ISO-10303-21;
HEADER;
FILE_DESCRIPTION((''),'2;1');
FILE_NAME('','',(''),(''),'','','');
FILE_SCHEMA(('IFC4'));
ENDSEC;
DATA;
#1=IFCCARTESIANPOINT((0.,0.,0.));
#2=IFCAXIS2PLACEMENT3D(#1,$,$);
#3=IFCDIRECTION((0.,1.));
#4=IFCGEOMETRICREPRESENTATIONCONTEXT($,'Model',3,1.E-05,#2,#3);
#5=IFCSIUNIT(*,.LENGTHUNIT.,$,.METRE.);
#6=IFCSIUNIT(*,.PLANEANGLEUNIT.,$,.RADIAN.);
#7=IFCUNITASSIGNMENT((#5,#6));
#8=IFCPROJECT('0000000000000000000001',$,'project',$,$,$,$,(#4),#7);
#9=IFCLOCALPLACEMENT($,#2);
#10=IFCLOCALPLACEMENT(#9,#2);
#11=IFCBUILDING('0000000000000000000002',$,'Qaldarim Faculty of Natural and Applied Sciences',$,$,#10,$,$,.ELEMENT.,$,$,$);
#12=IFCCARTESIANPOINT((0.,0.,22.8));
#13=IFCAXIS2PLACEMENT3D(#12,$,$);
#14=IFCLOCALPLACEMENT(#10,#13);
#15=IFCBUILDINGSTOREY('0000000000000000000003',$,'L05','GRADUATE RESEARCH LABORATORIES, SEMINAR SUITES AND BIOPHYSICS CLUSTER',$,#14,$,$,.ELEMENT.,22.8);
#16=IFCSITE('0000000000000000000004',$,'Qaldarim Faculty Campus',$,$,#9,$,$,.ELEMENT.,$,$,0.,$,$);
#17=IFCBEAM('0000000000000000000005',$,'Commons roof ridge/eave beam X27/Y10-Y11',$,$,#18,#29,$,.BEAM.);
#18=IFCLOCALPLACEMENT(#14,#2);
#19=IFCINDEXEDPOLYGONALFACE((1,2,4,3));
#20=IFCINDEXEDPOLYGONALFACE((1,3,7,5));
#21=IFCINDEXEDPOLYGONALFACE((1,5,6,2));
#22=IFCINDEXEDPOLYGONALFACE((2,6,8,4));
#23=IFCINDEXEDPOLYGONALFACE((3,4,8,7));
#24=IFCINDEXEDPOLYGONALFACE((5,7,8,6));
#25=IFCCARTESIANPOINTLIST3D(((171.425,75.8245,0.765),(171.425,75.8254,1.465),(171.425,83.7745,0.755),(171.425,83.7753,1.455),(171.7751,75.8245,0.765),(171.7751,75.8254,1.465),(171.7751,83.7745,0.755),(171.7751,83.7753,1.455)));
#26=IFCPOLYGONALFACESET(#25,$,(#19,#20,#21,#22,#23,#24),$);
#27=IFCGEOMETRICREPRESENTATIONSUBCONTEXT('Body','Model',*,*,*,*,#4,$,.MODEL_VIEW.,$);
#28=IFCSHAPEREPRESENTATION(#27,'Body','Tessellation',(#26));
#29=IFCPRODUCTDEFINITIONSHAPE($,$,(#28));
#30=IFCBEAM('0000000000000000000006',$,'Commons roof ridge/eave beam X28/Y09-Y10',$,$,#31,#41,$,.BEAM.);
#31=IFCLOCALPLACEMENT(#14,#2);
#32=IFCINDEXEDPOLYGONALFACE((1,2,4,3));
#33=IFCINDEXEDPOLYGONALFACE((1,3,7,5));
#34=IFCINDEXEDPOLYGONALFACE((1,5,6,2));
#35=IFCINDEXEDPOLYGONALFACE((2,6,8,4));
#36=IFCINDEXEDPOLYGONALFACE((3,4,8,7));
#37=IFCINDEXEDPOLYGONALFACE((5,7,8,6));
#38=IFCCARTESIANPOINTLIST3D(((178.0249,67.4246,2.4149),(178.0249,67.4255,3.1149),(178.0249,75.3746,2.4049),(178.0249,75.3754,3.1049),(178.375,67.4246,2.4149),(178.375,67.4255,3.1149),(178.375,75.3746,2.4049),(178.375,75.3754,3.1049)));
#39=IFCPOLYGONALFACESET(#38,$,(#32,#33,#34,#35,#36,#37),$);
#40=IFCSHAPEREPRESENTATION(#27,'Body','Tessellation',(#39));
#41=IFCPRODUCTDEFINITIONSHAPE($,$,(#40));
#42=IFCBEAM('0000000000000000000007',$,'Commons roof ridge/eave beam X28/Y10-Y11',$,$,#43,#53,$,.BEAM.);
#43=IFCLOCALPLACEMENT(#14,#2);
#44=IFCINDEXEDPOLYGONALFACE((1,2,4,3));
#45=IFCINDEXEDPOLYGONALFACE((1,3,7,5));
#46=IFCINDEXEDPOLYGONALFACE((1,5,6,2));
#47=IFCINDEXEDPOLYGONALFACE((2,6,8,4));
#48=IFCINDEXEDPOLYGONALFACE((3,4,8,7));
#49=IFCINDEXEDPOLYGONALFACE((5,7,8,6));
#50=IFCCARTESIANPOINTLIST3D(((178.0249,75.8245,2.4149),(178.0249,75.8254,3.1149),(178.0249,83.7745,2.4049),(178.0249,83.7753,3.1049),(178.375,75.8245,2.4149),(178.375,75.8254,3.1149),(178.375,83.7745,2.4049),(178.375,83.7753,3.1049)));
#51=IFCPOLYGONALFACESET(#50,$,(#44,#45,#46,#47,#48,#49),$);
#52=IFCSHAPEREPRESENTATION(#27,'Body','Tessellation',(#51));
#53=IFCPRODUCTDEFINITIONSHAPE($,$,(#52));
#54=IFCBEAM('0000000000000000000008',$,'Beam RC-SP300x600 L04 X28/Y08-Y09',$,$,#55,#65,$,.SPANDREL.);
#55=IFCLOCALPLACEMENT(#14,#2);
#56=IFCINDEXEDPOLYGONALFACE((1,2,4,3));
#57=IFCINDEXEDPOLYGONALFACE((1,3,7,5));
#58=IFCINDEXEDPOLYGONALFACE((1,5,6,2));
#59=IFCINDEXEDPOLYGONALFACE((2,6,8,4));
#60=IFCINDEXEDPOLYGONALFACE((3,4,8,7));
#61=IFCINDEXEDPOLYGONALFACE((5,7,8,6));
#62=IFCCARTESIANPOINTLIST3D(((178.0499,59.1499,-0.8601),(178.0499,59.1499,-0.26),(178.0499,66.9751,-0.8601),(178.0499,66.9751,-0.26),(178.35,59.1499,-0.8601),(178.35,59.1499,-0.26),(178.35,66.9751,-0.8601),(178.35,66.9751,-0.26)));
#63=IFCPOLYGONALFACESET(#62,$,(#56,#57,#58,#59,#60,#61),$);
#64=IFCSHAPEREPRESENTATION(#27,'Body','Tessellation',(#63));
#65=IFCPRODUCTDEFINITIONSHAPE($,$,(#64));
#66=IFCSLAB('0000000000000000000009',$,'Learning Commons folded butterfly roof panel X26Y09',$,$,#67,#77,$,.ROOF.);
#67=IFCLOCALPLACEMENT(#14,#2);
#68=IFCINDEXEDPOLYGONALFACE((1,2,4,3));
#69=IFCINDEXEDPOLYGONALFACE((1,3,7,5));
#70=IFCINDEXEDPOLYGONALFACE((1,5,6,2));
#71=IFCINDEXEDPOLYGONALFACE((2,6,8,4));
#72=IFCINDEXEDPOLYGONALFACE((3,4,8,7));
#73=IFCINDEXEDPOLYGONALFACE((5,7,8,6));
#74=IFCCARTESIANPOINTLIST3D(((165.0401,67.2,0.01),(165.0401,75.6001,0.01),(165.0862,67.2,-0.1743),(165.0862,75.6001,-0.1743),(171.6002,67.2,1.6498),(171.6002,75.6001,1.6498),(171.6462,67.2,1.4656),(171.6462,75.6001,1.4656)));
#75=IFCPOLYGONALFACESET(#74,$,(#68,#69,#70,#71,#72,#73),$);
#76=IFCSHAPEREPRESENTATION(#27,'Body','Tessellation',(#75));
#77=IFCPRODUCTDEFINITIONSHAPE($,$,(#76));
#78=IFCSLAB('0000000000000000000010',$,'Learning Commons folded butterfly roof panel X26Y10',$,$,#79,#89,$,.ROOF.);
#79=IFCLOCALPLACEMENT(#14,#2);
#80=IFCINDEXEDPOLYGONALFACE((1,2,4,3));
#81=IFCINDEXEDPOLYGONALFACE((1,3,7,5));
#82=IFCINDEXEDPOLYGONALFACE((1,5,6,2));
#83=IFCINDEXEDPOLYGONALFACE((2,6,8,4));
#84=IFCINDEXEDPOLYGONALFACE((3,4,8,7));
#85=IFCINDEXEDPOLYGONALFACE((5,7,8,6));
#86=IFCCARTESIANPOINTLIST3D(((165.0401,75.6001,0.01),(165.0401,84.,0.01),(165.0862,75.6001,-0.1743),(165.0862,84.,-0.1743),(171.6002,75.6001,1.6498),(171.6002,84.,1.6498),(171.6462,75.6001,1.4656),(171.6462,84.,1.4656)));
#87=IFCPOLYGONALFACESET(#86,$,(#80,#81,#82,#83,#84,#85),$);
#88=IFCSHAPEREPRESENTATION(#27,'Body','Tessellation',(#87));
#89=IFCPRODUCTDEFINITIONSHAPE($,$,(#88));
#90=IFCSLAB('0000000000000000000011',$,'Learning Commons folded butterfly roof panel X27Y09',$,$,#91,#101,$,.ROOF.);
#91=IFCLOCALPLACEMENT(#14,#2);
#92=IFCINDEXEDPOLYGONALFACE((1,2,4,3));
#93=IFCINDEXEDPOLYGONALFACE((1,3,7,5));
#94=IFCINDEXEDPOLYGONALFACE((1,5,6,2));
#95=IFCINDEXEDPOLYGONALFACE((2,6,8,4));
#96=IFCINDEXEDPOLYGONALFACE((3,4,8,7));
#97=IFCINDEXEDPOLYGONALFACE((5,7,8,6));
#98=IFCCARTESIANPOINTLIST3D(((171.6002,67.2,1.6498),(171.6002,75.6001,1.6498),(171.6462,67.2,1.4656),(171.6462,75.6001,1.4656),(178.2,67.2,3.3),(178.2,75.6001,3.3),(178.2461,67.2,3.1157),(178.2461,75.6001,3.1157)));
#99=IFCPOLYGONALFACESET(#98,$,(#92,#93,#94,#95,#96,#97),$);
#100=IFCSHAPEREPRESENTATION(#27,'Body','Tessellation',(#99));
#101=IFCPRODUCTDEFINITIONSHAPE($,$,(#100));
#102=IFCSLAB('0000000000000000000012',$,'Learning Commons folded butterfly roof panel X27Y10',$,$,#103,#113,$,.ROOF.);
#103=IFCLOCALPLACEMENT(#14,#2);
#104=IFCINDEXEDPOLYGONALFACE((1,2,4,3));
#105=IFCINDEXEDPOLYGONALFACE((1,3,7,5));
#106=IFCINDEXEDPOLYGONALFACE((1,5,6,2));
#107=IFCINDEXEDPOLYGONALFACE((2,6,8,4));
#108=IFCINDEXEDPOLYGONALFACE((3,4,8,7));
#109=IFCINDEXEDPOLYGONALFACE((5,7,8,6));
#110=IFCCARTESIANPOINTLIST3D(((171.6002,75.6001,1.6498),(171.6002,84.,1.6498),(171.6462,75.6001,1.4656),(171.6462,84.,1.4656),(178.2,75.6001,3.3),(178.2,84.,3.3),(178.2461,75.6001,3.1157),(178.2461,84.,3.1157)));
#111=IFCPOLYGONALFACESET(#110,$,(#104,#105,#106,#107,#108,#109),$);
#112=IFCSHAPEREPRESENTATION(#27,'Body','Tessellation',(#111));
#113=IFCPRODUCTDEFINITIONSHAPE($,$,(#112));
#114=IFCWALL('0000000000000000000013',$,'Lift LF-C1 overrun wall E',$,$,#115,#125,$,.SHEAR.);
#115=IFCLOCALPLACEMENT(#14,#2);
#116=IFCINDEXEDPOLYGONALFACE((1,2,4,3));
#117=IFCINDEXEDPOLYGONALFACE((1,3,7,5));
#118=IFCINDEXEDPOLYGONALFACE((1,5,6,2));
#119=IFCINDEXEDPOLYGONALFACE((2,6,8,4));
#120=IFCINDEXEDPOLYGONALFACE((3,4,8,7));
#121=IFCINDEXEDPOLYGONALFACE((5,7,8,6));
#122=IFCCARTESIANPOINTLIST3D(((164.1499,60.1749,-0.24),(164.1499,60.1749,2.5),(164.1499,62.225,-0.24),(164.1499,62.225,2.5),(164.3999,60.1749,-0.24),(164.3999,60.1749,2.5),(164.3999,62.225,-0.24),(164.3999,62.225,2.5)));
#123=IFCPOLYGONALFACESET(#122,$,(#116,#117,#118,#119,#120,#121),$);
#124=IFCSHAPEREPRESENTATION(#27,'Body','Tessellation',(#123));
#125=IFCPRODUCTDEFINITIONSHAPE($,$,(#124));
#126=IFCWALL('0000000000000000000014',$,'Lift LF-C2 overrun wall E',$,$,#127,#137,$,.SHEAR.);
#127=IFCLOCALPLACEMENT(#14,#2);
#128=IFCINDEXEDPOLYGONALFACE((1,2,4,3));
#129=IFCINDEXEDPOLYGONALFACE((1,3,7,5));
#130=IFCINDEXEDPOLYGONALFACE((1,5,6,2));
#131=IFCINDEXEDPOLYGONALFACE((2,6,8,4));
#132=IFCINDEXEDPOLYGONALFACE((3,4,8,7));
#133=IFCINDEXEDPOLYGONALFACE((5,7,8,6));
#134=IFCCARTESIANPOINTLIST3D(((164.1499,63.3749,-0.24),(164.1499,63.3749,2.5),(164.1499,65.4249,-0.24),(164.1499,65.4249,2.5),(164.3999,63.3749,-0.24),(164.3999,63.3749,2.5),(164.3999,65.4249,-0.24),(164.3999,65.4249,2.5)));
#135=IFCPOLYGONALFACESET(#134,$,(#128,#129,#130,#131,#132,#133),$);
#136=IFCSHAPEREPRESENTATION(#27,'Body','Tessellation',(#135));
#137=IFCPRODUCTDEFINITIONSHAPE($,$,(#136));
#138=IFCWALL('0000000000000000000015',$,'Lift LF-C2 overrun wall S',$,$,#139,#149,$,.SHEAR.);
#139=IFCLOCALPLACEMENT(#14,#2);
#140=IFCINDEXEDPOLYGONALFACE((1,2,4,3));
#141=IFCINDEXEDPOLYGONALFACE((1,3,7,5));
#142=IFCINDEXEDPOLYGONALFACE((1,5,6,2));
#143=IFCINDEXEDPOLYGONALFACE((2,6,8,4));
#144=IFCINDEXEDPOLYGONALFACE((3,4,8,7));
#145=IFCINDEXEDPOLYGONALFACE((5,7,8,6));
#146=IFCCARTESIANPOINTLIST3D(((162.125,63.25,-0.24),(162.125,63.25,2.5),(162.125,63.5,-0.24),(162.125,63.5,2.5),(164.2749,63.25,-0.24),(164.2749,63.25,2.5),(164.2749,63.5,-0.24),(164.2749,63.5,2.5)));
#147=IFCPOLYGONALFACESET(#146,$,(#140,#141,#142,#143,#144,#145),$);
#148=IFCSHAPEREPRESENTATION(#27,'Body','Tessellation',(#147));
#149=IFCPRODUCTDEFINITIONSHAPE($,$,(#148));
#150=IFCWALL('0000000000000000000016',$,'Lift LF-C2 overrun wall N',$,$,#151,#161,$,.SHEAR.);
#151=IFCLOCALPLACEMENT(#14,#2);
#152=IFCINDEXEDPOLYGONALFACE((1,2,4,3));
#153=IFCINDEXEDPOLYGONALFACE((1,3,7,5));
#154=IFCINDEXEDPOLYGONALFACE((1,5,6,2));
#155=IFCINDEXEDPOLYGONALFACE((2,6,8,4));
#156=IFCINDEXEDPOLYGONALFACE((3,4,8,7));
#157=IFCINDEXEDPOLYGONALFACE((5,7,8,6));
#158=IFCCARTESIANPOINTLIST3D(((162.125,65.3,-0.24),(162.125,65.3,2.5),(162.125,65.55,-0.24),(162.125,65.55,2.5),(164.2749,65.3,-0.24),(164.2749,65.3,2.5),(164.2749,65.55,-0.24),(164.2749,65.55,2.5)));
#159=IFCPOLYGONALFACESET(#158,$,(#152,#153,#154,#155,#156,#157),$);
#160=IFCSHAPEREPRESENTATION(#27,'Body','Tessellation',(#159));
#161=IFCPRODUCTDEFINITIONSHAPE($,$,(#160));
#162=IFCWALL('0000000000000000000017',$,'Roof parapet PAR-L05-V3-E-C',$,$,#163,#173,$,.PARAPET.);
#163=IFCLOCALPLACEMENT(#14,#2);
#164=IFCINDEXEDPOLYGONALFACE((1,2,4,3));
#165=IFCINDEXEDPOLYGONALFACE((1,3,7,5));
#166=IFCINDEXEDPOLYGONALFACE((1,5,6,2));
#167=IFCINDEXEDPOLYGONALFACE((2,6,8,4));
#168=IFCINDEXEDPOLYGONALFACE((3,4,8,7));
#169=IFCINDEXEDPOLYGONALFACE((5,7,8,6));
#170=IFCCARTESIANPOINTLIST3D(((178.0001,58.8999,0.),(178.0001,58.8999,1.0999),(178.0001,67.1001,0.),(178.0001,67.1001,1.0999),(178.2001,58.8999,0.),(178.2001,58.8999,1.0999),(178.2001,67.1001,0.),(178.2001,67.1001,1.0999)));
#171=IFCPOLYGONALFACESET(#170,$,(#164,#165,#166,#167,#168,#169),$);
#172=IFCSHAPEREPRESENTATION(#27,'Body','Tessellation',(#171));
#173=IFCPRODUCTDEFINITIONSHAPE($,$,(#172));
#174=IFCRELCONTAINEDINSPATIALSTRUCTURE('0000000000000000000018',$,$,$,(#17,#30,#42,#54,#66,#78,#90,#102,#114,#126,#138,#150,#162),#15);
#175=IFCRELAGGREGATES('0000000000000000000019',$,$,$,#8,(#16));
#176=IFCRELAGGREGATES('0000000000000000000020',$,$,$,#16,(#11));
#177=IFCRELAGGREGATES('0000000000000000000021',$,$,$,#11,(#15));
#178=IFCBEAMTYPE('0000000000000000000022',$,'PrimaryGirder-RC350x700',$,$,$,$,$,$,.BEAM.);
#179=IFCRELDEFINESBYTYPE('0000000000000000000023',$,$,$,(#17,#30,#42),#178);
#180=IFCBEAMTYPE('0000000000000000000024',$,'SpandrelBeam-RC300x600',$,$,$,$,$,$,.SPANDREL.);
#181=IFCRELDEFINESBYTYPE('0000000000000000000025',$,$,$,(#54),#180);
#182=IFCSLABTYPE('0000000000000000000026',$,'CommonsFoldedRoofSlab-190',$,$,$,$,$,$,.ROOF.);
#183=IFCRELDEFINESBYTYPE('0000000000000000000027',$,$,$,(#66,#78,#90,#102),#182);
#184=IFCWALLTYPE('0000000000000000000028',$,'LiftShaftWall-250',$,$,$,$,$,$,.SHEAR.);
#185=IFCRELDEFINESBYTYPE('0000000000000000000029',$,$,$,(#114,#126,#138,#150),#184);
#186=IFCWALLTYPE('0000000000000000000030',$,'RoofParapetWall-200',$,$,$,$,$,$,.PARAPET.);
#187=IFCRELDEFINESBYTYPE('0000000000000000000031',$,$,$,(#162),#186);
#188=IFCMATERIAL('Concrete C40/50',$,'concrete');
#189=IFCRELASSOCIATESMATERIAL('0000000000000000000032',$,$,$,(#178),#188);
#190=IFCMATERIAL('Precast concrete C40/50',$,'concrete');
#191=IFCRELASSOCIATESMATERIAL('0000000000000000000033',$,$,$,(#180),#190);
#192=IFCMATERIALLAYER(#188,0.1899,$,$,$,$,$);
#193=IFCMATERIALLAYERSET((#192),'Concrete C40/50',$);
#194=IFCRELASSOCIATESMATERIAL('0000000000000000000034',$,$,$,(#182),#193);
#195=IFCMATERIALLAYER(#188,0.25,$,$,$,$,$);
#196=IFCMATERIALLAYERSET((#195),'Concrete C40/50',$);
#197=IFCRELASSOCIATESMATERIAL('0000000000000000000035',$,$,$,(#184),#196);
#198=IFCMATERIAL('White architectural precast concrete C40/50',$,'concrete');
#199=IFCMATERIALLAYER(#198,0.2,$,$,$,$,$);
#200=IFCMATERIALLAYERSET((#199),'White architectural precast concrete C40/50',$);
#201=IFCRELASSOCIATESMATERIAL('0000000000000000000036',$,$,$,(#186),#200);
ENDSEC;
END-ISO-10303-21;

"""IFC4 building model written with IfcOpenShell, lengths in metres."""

from ifc_helpers import new_model, si_unit, direction, frame, frame_2d, origin, origin_2d, place, context, subcontext, project, spatial, polyline, rectangle, outline, extrude, material, layer, layer_set, material_profile, profile_set, type_object, element, save


model = new_model("IFC4")

# Units and contexts
model_context = context("Model", 3, precision=1e-05, world=origin(), true_north=direction((0.0, 1.0)))
body_context = subcontext(model_context, "Body", "Model", "MODEL_VIEW")
ifc_project = project(units=[si_unit("LENGTHUNIT", "METRE"), si_unit("PLANEANGLEUNIT", "RADIAN")], contexts=[model_context])

# Site, building, storey
site_placement = place(None, origin())
site = spatial("IfcSite", under=ifc_project, at=site_placement, Name="Qaldarim Faculty Campus", CompositionType="ELEMENT", RefElevation=0.0)
building_placement = place(site_placement, origin())
building = spatial("IfcBuilding", under=site, at=building_placement, Name="Qaldarim Faculty of Natural and Applied Sciences", CompositionType="ELEMENT")
storey_placement = place(building_placement, frame((0.0, 0.0, 22.8)))
storey = spatial("IfcBuildingStorey", under=building, at=storey_placement, Name="L05", Description="GRADUATE RESEARCH LABORATORIES, SEMINAR SUITES AND BIOPHYSICS CLUSTER", CompositionType="ELEMENT", Elevation=22.8)

# Beams
ifc_material_1 = material(Name="Concrete C40/50", Category="concrete")
ifc_material_profile_1 = material_profile(ifc_material_1, rectangle(XDim=0.3501, YDim=0.7, at=origin_2d()), Name="RC-B350x700")
ifc_profile_set_1 = profile_set([ifc_material_profile_1], Name="Concrete C40/50")
beam_type_1 = type_object("IfcBeamType", Name="PrimaryGirder-RC350x700", PredefinedType="BEAM", material=ifc_profile_set_1)
for number, where, z_axis, x_axis, name in (
    (1, (171.6001, 75.825, 1.115), (0.0, 0.999999, -0.001259), (-1.0, 0.0, 0.0), "Commons roof ridge/eave beam X27/Y10-Y11"),
    (2, (178.2, 67.425, 2.7649), (0.0, 0.999999, -0.001259), (-1.0, 0.0, 0.0), "Commons roof ridge/eave beam X28/Y09-Y10"),
    (3, (178.2, 75.825, 2.7649), (0.0, 0.999999, -0.001259), (-1.0, 0.0, 0.0), "Commons roof ridge/eave beam X28/Y10-Y11"),
):
    element("IfcBeam", number, at=place(storey_placement, frame(where, z_axis=z_axis, x_axis=x_axis)), inside=storey, type_object=beam_type_1, Name=name, PredefinedType="BEAM", context=body_context, shape_type="SweptSolid", body=[
        extrude(rectangle(XDim=0.3501, YDim=0.7, at=origin_2d()), origin(), (0.0, 0.0, 1.0), 7.95),
    ])
ifc_material_2 = material(Name="Precast concrete C40/50", Category="concrete")
ifc_material_profile_2 = material_profile(ifc_material_2, rectangle(XDim=0.3, YDim=0.6001, at=origin_2d()), Name="RC-SP300x600")
ifc_profile_set_2 = profile_set([ifc_material_profile_2], Name="Precast concrete C40/50")
beam_type_2 = type_object("IfcBeamType", Name="SpandrelBeam-RC300x600", PredefinedType="SPANDREL", material=ifc_profile_set_2)
beam_1_placement = place(storey_placement, frame((178.2, 59.1499, -0.5601), z_axis=(0.0, 1.0, 0.0), x_axis=(-1.0, 0.0, 0.0)))
element("IfcBeam", 4, at=beam_1_placement, inside=storey, type_object=beam_type_2, Name="Beam RC-SP300x600 L04 X28/Y08-Y09", PredefinedType="SPANDREL", context=body_context, shape_type="SweptSolid", body=[
    extrude(rectangle(XDim=0.3, YDim=0.6001, at=origin_2d()), origin(), (0.0, 0.0, 1.0), 7.8252),
])

# Slabs
ifc_layer_1 = layer(ifc_material_1, 0.1899)
ifc_layer_set_1 = layer_set([ifc_layer_1], Name="Concrete C40/50")
slab_type = type_object("IfcSlabType", Name="CommonsFoldedRoofSlab-190", PredefinedType="ROOF", material=ifc_layer_set_1)
slab_1_placement = place(storey_placement, frame((165.0862, 67.2, -0.1743), z_axis=(-0.242519, 0.0, 0.970147), x_axis=(0.970147, 0.0, 0.242519)))
element("IfcSlab", 5, at=slab_1_placement, inside=storey, type_object=slab_type, Name="Learning Commons folded butterfly roof panel X26Y09", PredefinedType="ROOF", context=body_context, shape_type="SweptSolid", body=[
    extrude(outline(polyline([(0.0, 0.0), (6.7619, 0.0), (6.7619, 8.4001), (0.0, 8.4001), (0.0, 0.0)])), origin(), (0.0, 0.0, 1.0), 0.1899),
])
slab_2_placement = place(storey_placement, frame((165.0862, 75.6001, -0.1743), z_axis=(-0.242519, 0.0, 0.970147), x_axis=(0.970147, 0.0, 0.242519)))
element("IfcSlab", 6, at=slab_2_placement, inside=storey, type_object=slab_type, Name="Learning Commons folded butterfly roof panel X26Y10", PredefinedType="ROOF", context=body_context, shape_type="SweptSolid", body=[
    extrude(outline(polyline([(0.0, 0.0), (6.7619, 0.0), (6.7619, 8.3999), (0.0, 8.3999), (0.0, 0.0)])), origin(), (0.0, 0.0, 1.0), 0.1899),
])
slab_3_placement = place(storey_placement, frame((171.6462, 67.2, 1.4656), z_axis=(-0.242561, 0.0, 0.970136), x_axis=(0.970136, 0.0, 0.242561)))
element("IfcSlab", 7, at=slab_3_placement, inside=storey, type_object=slab_type, Name="Learning Commons folded butterfly roof panel X27Y09", PredefinedType="ROOF", context=body_context, shape_type="SweptSolid", body=[
    extrude(outline(polyline([(0.0, 0.0), (6.803, 0.0), (6.803, 8.4001), (0.0, 8.4001), (0.0, 0.0)])), origin(), (0.0, 0.0, 1.0), 0.1899),
])
slab_4_placement = place(storey_placement, frame((171.6462, 75.6001, 1.4656), z_axis=(-0.242561, 0.0, 0.970136), x_axis=(0.970136, 0.0, 0.242561)))
element("IfcSlab", 8, at=slab_4_placement, inside=storey, type_object=slab_type, Name="Learning Commons folded butterfly roof panel X27Y10", PredefinedType="ROOF", context=body_context, shape_type="SweptSolid", body=[
    extrude(outline(polyline([(0.0, 0.0), (6.803, 0.0), (6.803, 8.3999), (0.0, 8.3999), (0.0, 0.0)])), origin(), (0.0, 0.0, 1.0), 0.1899),
])

# Walls
ifc_layer_2 = layer(ifc_material_1, 0.25)
ifc_layer_set_2 = layer_set([ifc_layer_2], Name="Concrete C40/50")
wall_type_1 = type_object("IfcWallType", Name="LiftShaftWall-250", PredefinedType="SHEAR", material=ifc_layer_set_2)
for number, where, z_axis, x_axis, name in (
    (9, (164.2749, 60.175, -0.24), (0.0, 0.0, 1.0), (0.0, 1.0, 0.0), "Lift LF-C1 overrun wall E"),
    (10, (164.2749, 63.375, -0.24), (0.0, 0.0, 1.0), (0.0, 1.0, 0.0), "Lift LF-C2 overrun wall E"),
):
    element("IfcWall", number, at=place(storey_placement, frame(where, z_axis=z_axis, x_axis=x_axis)), inside=storey, type_object=wall_type_1, Name=name, PredefinedType="SHEAR", context=body_context, shape_type="SweptSolid", body=[
        extrude(rectangle(XDim=2.05, YDim=0.25, at=frame_2d((1.0249, 0.0))), origin(), (0.0, 0.0, 1.0), 2.74),
    ])
for number, where, z_axis, x_axis, name in (
    (11, (162.125, 63.375, -0.24), (0.0, 0.0, 1.0), (1.0, 0.0, 0.0), "Lift LF-C2 overrun wall S"),
    (12, (162.125, 65.425, -0.24), (0.0, 0.0, 1.0), (1.0, 0.0, 0.0), "Lift LF-C2 overrun wall N"),
):
    element("IfcWall", number, at=place(storey_placement, frame(where, z_axis=z_axis, x_axis=x_axis)), inside=storey, type_object=wall_type_1, Name=name, PredefinedType="SHEAR", context=body_context, shape_type="SweptSolid", body=[
        extrude(rectangle(XDim=2.1499, YDim=0.25, at=frame_2d((1.075, 0.0))), origin(), (0.0, 0.0, 1.0), 2.74),
    ])
ifc_material_3 = material(Name="White architectural precast concrete C40/50", Category="concrete")
ifc_layer_3 = layer(ifc_material_3, 0.2)
ifc_layer_set_3 = layer_set([ifc_layer_3], Name="White architectural precast concrete C40/50")
wall_type_2 = type_object("IfcWallType", Name="RoofParapetWall-200", PredefinedType="PARAPET", material=ifc_layer_set_3)
wall_placement = place(storey_placement, frame((178.1001, 58.8999, 0.0), z_axis=(0.0, 0.0, 1.0), x_axis=(0.0, 1.0, 0.0)))
element("IfcWall", 13, at=wall_placement, inside=storey, type_object=wall_type_2, Name="Roof parapet PAR-L05-V3-E-C", PredefinedType="PARAPET", context=body_context, shape_type="SweptSolid", body=[
    extrude(rectangle(XDim=8.2002, YDim=0.2, at=frame_2d((4.1001, 0.0))), origin(), (0.0, 0.0, 1.0), 1.0999),
])

save(model, "model.ifc")
